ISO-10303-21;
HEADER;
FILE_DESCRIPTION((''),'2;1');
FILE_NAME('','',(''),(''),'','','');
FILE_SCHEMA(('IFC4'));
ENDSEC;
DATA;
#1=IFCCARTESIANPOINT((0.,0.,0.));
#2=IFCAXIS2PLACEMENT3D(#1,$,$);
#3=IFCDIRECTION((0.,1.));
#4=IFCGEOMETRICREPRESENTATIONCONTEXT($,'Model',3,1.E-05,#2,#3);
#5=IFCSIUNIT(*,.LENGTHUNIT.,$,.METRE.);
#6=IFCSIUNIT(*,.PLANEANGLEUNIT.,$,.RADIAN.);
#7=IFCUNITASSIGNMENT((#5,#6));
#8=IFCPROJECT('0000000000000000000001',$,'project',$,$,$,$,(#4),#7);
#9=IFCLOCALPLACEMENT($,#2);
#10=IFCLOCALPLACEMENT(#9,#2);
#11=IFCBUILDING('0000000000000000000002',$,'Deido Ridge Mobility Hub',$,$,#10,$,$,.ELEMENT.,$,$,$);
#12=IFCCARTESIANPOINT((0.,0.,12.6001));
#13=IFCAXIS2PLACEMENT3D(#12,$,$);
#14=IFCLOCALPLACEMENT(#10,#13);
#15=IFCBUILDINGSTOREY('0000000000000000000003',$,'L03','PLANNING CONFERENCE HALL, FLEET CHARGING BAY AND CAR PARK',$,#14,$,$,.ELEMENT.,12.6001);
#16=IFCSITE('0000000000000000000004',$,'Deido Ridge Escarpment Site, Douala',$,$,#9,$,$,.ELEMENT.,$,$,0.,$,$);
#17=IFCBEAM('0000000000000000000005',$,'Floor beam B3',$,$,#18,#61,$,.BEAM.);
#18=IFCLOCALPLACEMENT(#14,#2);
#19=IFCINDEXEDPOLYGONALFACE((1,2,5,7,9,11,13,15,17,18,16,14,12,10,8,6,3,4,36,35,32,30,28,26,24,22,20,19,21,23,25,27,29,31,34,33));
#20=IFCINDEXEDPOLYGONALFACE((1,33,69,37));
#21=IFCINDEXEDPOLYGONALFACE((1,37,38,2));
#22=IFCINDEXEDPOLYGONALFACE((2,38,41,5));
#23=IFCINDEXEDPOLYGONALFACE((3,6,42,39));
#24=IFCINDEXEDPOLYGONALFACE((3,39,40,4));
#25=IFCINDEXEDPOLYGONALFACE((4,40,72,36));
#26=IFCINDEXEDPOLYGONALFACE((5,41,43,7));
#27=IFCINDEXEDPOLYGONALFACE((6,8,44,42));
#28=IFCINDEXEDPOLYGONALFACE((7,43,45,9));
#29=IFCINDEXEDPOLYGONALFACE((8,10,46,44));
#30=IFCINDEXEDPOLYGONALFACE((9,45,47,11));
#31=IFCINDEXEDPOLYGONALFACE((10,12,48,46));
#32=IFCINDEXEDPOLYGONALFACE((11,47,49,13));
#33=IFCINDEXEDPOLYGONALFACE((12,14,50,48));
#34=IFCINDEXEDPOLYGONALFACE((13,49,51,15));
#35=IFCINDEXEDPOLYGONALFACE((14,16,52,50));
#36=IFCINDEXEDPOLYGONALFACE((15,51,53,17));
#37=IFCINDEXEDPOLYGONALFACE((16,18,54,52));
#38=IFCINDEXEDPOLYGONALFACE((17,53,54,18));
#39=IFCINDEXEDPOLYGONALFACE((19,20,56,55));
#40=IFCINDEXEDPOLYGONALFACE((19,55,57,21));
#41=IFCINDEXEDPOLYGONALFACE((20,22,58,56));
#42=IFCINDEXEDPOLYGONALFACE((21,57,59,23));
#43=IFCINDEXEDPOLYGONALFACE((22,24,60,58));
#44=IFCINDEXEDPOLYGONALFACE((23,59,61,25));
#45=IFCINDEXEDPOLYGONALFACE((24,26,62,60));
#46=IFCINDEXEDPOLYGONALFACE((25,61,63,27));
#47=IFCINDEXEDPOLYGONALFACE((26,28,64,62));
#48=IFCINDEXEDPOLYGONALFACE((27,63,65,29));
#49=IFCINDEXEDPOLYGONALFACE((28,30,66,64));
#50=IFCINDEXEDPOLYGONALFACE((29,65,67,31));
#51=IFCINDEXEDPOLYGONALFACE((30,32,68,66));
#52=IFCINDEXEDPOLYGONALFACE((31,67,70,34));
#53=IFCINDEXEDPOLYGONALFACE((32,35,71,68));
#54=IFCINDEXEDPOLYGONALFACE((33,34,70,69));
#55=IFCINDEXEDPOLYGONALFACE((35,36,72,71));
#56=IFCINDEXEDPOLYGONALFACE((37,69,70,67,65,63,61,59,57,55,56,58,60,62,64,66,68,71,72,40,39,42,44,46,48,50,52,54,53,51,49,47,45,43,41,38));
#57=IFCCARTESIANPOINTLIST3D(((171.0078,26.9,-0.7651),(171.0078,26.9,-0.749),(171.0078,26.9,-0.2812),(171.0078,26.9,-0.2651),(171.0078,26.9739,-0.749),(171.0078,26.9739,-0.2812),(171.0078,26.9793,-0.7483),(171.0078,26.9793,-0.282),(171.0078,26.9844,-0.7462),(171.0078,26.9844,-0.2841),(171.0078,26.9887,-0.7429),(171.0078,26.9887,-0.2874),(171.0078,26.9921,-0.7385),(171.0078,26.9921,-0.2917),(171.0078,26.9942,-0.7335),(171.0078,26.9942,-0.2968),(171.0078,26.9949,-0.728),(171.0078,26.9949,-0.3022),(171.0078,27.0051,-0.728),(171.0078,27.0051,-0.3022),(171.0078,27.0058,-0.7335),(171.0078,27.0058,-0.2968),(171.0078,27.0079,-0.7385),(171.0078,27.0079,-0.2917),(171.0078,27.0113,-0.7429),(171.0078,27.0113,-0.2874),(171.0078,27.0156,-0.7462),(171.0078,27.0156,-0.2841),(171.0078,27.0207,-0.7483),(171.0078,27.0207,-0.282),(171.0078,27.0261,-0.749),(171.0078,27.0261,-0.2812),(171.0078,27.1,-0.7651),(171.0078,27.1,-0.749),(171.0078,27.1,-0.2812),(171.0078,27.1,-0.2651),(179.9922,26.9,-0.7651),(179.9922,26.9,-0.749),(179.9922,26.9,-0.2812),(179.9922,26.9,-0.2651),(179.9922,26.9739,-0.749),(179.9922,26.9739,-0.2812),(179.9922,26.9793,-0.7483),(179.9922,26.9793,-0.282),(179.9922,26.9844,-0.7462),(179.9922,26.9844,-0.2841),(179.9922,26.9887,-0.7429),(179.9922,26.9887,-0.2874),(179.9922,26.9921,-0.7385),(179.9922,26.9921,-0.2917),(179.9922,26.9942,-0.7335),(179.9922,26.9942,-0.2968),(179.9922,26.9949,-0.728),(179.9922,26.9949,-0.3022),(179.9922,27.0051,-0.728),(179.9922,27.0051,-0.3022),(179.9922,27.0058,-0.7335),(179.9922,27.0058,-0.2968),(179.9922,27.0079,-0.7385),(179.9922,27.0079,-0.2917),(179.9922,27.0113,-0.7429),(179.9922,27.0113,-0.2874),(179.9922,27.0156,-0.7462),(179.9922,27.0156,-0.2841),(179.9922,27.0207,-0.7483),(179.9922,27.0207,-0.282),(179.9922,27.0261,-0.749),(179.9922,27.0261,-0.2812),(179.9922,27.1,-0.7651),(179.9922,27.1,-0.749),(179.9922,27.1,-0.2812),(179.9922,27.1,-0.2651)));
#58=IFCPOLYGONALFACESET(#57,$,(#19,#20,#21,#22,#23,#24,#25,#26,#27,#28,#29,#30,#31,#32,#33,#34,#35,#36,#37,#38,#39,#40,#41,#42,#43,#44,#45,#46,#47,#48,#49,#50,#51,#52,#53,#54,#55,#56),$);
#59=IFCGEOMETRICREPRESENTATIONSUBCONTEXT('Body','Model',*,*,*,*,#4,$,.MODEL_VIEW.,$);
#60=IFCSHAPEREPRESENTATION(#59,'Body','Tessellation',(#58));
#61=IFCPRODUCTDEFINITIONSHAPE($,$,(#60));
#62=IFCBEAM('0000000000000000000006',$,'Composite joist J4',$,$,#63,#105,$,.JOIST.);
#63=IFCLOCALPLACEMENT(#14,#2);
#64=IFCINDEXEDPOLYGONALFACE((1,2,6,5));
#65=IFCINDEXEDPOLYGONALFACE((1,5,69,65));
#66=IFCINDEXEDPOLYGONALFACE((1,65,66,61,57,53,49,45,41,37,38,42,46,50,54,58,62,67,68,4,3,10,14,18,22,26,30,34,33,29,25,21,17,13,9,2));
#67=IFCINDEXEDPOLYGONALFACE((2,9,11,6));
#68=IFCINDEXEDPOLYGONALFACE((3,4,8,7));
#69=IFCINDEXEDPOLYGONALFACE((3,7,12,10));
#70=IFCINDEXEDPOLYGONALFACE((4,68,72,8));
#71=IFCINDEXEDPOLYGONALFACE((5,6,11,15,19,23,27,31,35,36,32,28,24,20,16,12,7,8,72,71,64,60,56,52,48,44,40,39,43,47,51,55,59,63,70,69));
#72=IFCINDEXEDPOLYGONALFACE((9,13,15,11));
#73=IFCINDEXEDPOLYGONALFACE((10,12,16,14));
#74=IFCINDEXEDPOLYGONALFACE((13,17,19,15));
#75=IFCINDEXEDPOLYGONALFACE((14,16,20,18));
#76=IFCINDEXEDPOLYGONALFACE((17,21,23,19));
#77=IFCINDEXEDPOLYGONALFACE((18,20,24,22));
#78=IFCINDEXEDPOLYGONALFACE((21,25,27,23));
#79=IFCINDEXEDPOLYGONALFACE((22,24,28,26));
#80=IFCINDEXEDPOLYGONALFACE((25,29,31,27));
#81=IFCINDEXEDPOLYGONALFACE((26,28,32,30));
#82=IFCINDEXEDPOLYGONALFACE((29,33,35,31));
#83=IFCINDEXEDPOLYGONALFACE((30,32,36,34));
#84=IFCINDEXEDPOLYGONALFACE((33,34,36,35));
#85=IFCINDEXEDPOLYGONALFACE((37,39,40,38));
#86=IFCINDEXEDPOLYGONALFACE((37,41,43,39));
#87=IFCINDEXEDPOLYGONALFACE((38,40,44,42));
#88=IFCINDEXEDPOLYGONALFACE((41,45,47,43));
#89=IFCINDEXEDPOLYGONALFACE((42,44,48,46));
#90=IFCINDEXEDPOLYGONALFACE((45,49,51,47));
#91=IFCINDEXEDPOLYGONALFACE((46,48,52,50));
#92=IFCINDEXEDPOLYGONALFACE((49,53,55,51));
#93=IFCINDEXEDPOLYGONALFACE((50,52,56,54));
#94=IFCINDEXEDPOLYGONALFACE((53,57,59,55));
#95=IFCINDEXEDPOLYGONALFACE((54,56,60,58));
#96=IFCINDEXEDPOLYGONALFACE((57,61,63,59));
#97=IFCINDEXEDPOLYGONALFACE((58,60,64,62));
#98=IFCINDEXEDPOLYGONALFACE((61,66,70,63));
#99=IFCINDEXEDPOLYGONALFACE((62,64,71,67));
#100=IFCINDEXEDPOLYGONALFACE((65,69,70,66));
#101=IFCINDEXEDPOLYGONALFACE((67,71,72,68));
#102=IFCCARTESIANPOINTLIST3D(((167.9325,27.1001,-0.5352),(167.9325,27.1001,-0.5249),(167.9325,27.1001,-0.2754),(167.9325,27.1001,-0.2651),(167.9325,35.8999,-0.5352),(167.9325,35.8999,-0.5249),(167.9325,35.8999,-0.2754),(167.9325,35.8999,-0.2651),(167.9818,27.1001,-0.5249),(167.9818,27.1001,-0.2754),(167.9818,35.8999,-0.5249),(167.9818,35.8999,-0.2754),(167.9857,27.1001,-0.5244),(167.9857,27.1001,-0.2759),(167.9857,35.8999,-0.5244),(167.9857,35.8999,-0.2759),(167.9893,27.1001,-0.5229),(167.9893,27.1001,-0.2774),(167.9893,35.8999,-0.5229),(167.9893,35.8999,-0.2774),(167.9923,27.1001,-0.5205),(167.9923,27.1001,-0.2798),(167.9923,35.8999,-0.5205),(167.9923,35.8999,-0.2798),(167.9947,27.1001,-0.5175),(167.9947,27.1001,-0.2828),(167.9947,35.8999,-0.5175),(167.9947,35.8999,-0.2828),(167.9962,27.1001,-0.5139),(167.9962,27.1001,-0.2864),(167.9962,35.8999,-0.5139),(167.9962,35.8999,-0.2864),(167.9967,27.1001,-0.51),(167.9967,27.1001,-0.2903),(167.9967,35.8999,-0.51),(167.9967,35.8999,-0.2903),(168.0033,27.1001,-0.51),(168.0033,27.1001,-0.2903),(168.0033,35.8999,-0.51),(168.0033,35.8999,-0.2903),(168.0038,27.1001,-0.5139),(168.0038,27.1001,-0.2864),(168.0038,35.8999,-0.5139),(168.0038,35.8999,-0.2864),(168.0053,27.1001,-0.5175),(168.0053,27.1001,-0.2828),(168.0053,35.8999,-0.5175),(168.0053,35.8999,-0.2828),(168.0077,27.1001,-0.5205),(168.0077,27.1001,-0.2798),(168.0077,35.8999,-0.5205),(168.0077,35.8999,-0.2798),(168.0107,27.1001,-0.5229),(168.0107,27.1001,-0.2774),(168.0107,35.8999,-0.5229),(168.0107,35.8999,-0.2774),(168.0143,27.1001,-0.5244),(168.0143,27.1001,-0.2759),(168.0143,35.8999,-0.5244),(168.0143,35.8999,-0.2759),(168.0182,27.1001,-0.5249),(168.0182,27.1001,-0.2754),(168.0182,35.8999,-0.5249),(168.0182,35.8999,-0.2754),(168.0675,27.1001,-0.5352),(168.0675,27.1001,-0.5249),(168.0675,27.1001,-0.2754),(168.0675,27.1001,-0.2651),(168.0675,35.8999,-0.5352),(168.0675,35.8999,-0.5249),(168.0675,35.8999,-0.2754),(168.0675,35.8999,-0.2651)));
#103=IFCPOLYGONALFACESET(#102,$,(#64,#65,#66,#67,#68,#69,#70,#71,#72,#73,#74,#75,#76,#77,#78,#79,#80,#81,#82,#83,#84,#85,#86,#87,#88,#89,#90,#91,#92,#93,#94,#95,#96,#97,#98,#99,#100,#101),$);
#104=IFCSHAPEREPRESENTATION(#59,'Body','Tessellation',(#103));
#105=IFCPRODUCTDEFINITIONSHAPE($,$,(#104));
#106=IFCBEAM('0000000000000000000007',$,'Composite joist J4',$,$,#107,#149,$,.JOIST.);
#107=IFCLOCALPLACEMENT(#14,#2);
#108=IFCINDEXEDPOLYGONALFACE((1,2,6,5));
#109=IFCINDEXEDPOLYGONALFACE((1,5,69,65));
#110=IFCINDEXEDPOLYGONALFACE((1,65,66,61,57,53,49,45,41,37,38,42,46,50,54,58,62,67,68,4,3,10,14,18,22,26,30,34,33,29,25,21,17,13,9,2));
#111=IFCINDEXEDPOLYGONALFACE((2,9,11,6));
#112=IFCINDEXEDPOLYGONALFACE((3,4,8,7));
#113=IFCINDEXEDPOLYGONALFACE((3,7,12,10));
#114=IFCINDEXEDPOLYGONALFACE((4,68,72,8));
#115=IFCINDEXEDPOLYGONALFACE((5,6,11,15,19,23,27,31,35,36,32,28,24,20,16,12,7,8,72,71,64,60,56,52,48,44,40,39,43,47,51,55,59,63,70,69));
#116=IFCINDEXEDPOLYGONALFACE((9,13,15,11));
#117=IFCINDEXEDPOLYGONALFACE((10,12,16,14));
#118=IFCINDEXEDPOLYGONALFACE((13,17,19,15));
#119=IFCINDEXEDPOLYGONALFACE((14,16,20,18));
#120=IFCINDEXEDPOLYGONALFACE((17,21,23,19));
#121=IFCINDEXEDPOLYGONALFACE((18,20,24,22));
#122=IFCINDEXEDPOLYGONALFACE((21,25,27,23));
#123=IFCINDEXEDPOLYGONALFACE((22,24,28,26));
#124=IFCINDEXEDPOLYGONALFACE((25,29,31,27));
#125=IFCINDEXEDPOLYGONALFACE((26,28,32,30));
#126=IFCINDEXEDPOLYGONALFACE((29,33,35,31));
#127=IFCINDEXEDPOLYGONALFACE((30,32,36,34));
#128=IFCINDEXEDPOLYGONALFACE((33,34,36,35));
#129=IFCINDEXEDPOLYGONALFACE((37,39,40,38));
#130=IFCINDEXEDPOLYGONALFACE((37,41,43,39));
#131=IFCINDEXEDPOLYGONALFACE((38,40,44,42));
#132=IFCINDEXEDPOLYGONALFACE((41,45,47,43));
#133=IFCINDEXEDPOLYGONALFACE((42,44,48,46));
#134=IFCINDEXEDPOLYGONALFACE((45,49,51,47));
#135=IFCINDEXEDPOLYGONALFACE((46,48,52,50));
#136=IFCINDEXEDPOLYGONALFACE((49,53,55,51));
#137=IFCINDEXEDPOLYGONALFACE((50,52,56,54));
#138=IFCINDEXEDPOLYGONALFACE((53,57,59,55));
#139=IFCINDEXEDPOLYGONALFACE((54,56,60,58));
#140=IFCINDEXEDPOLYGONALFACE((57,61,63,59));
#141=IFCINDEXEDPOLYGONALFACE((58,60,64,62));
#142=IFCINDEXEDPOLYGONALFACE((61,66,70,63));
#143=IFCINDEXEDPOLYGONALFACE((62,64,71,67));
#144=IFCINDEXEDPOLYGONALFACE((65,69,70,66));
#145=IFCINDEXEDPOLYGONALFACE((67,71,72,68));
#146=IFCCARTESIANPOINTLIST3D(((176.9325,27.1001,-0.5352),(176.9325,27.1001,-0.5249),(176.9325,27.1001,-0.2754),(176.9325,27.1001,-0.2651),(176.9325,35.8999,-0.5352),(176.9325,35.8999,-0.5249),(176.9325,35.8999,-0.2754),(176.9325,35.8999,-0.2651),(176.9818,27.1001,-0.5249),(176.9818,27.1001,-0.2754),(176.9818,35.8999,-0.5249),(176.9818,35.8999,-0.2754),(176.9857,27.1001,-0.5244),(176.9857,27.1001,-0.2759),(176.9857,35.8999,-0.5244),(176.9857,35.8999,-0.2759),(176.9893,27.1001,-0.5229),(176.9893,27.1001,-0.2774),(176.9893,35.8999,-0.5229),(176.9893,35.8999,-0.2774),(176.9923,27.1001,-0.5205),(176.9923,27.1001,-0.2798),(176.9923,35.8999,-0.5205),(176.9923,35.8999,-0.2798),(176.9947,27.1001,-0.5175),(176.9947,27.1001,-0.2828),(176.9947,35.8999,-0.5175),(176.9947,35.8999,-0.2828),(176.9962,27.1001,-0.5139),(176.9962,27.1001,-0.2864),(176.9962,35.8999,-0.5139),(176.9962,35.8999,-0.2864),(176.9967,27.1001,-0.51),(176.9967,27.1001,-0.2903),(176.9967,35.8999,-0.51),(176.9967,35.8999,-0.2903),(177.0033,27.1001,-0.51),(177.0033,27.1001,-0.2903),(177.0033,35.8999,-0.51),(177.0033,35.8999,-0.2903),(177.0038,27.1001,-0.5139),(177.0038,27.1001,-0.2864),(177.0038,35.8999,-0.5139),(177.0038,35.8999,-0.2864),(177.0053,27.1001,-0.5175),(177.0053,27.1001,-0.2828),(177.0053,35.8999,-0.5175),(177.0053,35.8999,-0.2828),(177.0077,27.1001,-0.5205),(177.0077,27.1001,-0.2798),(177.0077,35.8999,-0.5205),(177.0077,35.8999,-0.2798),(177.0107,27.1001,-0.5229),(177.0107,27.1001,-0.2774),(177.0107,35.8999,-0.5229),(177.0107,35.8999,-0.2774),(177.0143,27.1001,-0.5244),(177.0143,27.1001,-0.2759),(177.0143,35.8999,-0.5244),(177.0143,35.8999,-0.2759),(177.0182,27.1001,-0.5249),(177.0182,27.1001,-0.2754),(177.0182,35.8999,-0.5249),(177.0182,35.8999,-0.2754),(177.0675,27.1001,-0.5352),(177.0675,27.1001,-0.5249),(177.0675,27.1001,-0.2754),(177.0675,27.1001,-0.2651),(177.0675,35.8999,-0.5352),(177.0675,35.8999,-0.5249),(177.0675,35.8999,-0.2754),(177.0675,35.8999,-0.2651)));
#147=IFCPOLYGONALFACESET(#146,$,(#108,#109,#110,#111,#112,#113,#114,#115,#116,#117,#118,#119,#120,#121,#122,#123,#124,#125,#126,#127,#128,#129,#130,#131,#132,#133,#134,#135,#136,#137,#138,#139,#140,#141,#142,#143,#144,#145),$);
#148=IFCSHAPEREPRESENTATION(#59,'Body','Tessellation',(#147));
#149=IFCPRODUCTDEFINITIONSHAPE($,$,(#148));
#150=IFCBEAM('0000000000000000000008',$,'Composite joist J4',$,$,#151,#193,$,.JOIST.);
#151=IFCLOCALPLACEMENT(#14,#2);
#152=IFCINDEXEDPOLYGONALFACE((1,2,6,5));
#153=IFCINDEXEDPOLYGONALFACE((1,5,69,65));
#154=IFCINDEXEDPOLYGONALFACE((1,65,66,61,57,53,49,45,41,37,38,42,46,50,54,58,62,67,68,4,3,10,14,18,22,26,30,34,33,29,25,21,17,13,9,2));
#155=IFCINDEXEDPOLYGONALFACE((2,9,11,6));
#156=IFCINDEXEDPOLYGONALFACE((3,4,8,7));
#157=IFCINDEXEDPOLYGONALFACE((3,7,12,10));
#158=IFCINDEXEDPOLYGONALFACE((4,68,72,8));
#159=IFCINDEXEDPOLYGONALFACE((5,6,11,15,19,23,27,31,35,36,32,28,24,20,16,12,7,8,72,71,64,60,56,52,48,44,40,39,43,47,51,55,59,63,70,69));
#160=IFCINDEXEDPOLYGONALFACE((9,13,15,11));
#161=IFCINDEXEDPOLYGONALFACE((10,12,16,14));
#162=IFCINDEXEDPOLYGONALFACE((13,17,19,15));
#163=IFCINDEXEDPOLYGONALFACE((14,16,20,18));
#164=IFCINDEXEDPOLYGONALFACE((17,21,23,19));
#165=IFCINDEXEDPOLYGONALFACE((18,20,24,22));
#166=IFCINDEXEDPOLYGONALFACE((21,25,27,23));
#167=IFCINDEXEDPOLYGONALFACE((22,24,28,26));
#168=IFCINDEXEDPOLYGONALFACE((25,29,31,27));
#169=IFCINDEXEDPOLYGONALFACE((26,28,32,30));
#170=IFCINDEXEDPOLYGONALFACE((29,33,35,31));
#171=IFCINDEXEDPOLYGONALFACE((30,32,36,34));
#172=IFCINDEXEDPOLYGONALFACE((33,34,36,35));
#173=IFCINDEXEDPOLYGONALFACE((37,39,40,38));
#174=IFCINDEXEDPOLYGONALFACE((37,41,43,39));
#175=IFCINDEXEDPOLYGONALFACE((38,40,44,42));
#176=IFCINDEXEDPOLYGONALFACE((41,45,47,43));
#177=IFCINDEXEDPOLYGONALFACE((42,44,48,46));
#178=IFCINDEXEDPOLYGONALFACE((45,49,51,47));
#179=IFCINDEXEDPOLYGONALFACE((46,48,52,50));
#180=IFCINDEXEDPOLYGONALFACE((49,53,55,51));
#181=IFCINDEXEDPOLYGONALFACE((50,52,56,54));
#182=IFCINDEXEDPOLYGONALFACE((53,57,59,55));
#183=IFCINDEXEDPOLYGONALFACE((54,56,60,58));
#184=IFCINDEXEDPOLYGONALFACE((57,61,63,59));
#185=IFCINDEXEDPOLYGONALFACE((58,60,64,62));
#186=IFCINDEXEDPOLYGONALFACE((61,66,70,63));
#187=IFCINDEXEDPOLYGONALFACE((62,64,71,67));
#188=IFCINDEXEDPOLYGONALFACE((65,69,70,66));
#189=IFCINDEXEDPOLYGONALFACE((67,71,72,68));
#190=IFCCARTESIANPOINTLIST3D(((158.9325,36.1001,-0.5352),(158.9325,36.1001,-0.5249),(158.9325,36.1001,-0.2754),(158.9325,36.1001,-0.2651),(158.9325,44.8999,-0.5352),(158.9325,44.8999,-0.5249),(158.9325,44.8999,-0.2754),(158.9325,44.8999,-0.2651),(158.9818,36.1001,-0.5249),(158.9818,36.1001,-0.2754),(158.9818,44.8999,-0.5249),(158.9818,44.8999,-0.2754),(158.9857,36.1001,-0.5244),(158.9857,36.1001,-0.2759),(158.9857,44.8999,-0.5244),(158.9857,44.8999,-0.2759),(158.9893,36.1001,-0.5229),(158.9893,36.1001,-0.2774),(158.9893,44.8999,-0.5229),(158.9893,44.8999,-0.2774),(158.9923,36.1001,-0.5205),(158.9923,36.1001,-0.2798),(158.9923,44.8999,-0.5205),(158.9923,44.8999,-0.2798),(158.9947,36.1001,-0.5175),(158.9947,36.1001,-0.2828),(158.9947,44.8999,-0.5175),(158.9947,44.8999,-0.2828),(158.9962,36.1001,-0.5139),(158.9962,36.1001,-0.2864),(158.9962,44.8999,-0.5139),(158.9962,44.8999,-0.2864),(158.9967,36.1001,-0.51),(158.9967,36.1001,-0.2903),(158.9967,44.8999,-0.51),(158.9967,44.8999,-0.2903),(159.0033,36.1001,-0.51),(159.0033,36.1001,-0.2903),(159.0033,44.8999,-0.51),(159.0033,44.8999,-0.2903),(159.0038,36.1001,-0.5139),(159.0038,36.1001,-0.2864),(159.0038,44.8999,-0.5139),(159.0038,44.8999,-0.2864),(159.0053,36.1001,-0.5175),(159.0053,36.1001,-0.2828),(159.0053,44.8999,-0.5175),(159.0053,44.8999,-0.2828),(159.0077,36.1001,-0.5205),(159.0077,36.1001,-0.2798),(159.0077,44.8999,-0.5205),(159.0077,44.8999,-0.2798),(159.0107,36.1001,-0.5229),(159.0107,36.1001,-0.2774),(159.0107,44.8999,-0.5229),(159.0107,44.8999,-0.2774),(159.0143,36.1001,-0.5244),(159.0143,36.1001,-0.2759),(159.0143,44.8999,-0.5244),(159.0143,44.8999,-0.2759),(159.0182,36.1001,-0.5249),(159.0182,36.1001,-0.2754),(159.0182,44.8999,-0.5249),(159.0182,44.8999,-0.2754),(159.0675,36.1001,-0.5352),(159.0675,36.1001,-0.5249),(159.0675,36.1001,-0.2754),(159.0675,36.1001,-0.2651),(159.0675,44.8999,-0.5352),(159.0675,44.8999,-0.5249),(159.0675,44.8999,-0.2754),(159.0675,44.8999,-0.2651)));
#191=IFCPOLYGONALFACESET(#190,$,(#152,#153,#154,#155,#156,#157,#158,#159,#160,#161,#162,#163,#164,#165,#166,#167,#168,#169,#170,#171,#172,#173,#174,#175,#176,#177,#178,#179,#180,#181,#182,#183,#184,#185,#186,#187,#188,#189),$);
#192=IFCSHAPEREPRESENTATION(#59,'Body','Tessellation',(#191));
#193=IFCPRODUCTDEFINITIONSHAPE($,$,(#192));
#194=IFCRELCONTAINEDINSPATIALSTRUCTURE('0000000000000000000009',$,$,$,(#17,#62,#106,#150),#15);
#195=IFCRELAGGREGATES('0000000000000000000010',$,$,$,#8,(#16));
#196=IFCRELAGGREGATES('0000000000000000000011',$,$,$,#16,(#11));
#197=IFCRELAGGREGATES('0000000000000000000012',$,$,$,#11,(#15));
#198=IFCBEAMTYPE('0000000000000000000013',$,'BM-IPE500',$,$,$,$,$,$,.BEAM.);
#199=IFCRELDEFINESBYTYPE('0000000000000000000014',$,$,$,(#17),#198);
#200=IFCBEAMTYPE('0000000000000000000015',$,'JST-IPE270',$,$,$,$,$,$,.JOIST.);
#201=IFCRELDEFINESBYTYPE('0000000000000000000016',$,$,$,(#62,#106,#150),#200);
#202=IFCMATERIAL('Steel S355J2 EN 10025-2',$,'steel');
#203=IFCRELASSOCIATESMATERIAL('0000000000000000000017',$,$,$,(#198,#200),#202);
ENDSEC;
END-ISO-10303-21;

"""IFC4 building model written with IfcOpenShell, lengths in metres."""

from ifc_helpers import new_model, si_unit, direction, frame, origin, origin_2d, place, context, subcontext, project, spatial, i_section, extrude, material, material_profile, profile_set, type_object, element, save


model = new_model("IFC4")

# Units and contexts
model_context = context("Model", 3, precision=1e-05, world=origin(), true_north=direction((0.0, 1.0)))
body_context = subcontext(model_context, "Body", "Model", "MODEL_VIEW")
ifc_project = project(units=[si_unit("LENGTHUNIT", "METRE"), si_unit("PLANEANGLEUNIT", "RADIAN")], contexts=[model_context])

# Site, building, storey
site_placement = place(None, origin())
site = spatial("IfcSite", under=ifc_project, at=site_placement, Name="Deido Ridge Escarpment Site, Douala", CompositionType="ELEMENT", RefElevation=0.0)
building_placement = place(site_placement, origin())
building = spatial("IfcBuilding", under=site, at=building_placement, Name="Deido Ridge Mobility Hub", CompositionType="ELEMENT")
storey_placement = place(building_placement, frame((0.0, 0.0, 12.6001)))
storey = spatial("IfcBuildingStorey", under=building, at=storey_placement, Name="L03", Description="PLANNING CONFERENCE HALL, FLEET CHARGING BAY AND CAR PARK", CompositionType="ELEMENT", Elevation=12.6001)

# Shared definitions
ifc_material_1 = material(Name="Steel S355J2 EN 10025-2", Category="steel")

# Beams
ifc_material_profile_1 = material_profile(ifc_material_1, i_section(OverallWidth=0.2, OverallDepth=0.5, WebThickness=0.0103, FlangeThickness=0.0161, FilletRadius=0.021, at=origin_2d()), Name="IPE 500")
ifc_profile_set_1 = profile_set([ifc_material_profile_1], Name="Steel S355J2 EN 10025-2")
beam_type_1 = type_object("IfcBeamType", Name="BM-IPE500", PredefinedType="BEAM", material=ifc_profile_set_1)
for number, where, z_axis, x_axis, name in (
    (1, (171.0078, 27.0, -0.5151), (1.0, 0.0, 0.0), (0.0, 1.0, 0.0), "Floor beam B3"),
):
    element("IfcBeam", number, at=place(storey_placement, frame(where, z_axis=z_axis, x_axis=x_axis)), inside=storey, type_object=beam_type_1, Name=name, PredefinedType="BEAM", context=body_context, shape_type="SweptSolid", body=[
        extrude(i_section(OverallWidth=0.2, OverallDepth=0.5, WebThickness=0.0103, FlangeThickness=0.0161, FilletRadius=0.021, at=origin_2d()), origin(), (0.0, 0.0, 1.0), 8.9844),
    ])
ifc_material_profile_2 = material_profile(ifc_material_1, i_section(OverallWidth=0.135, OverallDepth=0.27, WebThickness=0.0066, FlangeThickness=0.0103, FilletRadius=0.0149, at=origin_2d()), Name="IPE 270")
ifc_profile_set_2 = profile_set([ifc_material_profile_2], Name="Steel S355J2 EN 10025-2")
beam_type_2 = type_object("IfcBeamType", Name="JST-IPE270", PredefinedType="JOIST", material=ifc_profile_set_2)
for number, where, z_axis, x_axis, name in (
    (2, (168.0, 27.1001, -0.4001), (0.0, 1.0, 0.0), (-1.0, 0.0, 0.0), "Composite joist J4"),
    (3, (177.0, 27.1001, -0.4001), (0.0, 1.0, 0.0), (-1.0, 0.0, 0.0), "Composite joist J4"),
    (4, (159.0, 36.1001, -0.4001), (0.0, 1.0, 0.0), (-1.0, 0.0, 0.0), "Composite joist J4"),
):
    element("IfcBeam", number, at=place(storey_placement, frame(where, z_axis=z_axis, x_axis=x_axis)), inside=storey, type_object=beam_type_2, Name=name, PredefinedType="JOIST", context=body_context, shape_type="SweptSolid", body=[
        extrude(i_section(OverallWidth=0.135, OverallDepth=0.27, WebThickness=0.0066, FlangeThickness=0.0103, FilletRadius=0.0149, at=origin_2d()), origin(), (0.0, 0.0, 1.0), 8.7998),
    ])

save(model, "model.ifc")
